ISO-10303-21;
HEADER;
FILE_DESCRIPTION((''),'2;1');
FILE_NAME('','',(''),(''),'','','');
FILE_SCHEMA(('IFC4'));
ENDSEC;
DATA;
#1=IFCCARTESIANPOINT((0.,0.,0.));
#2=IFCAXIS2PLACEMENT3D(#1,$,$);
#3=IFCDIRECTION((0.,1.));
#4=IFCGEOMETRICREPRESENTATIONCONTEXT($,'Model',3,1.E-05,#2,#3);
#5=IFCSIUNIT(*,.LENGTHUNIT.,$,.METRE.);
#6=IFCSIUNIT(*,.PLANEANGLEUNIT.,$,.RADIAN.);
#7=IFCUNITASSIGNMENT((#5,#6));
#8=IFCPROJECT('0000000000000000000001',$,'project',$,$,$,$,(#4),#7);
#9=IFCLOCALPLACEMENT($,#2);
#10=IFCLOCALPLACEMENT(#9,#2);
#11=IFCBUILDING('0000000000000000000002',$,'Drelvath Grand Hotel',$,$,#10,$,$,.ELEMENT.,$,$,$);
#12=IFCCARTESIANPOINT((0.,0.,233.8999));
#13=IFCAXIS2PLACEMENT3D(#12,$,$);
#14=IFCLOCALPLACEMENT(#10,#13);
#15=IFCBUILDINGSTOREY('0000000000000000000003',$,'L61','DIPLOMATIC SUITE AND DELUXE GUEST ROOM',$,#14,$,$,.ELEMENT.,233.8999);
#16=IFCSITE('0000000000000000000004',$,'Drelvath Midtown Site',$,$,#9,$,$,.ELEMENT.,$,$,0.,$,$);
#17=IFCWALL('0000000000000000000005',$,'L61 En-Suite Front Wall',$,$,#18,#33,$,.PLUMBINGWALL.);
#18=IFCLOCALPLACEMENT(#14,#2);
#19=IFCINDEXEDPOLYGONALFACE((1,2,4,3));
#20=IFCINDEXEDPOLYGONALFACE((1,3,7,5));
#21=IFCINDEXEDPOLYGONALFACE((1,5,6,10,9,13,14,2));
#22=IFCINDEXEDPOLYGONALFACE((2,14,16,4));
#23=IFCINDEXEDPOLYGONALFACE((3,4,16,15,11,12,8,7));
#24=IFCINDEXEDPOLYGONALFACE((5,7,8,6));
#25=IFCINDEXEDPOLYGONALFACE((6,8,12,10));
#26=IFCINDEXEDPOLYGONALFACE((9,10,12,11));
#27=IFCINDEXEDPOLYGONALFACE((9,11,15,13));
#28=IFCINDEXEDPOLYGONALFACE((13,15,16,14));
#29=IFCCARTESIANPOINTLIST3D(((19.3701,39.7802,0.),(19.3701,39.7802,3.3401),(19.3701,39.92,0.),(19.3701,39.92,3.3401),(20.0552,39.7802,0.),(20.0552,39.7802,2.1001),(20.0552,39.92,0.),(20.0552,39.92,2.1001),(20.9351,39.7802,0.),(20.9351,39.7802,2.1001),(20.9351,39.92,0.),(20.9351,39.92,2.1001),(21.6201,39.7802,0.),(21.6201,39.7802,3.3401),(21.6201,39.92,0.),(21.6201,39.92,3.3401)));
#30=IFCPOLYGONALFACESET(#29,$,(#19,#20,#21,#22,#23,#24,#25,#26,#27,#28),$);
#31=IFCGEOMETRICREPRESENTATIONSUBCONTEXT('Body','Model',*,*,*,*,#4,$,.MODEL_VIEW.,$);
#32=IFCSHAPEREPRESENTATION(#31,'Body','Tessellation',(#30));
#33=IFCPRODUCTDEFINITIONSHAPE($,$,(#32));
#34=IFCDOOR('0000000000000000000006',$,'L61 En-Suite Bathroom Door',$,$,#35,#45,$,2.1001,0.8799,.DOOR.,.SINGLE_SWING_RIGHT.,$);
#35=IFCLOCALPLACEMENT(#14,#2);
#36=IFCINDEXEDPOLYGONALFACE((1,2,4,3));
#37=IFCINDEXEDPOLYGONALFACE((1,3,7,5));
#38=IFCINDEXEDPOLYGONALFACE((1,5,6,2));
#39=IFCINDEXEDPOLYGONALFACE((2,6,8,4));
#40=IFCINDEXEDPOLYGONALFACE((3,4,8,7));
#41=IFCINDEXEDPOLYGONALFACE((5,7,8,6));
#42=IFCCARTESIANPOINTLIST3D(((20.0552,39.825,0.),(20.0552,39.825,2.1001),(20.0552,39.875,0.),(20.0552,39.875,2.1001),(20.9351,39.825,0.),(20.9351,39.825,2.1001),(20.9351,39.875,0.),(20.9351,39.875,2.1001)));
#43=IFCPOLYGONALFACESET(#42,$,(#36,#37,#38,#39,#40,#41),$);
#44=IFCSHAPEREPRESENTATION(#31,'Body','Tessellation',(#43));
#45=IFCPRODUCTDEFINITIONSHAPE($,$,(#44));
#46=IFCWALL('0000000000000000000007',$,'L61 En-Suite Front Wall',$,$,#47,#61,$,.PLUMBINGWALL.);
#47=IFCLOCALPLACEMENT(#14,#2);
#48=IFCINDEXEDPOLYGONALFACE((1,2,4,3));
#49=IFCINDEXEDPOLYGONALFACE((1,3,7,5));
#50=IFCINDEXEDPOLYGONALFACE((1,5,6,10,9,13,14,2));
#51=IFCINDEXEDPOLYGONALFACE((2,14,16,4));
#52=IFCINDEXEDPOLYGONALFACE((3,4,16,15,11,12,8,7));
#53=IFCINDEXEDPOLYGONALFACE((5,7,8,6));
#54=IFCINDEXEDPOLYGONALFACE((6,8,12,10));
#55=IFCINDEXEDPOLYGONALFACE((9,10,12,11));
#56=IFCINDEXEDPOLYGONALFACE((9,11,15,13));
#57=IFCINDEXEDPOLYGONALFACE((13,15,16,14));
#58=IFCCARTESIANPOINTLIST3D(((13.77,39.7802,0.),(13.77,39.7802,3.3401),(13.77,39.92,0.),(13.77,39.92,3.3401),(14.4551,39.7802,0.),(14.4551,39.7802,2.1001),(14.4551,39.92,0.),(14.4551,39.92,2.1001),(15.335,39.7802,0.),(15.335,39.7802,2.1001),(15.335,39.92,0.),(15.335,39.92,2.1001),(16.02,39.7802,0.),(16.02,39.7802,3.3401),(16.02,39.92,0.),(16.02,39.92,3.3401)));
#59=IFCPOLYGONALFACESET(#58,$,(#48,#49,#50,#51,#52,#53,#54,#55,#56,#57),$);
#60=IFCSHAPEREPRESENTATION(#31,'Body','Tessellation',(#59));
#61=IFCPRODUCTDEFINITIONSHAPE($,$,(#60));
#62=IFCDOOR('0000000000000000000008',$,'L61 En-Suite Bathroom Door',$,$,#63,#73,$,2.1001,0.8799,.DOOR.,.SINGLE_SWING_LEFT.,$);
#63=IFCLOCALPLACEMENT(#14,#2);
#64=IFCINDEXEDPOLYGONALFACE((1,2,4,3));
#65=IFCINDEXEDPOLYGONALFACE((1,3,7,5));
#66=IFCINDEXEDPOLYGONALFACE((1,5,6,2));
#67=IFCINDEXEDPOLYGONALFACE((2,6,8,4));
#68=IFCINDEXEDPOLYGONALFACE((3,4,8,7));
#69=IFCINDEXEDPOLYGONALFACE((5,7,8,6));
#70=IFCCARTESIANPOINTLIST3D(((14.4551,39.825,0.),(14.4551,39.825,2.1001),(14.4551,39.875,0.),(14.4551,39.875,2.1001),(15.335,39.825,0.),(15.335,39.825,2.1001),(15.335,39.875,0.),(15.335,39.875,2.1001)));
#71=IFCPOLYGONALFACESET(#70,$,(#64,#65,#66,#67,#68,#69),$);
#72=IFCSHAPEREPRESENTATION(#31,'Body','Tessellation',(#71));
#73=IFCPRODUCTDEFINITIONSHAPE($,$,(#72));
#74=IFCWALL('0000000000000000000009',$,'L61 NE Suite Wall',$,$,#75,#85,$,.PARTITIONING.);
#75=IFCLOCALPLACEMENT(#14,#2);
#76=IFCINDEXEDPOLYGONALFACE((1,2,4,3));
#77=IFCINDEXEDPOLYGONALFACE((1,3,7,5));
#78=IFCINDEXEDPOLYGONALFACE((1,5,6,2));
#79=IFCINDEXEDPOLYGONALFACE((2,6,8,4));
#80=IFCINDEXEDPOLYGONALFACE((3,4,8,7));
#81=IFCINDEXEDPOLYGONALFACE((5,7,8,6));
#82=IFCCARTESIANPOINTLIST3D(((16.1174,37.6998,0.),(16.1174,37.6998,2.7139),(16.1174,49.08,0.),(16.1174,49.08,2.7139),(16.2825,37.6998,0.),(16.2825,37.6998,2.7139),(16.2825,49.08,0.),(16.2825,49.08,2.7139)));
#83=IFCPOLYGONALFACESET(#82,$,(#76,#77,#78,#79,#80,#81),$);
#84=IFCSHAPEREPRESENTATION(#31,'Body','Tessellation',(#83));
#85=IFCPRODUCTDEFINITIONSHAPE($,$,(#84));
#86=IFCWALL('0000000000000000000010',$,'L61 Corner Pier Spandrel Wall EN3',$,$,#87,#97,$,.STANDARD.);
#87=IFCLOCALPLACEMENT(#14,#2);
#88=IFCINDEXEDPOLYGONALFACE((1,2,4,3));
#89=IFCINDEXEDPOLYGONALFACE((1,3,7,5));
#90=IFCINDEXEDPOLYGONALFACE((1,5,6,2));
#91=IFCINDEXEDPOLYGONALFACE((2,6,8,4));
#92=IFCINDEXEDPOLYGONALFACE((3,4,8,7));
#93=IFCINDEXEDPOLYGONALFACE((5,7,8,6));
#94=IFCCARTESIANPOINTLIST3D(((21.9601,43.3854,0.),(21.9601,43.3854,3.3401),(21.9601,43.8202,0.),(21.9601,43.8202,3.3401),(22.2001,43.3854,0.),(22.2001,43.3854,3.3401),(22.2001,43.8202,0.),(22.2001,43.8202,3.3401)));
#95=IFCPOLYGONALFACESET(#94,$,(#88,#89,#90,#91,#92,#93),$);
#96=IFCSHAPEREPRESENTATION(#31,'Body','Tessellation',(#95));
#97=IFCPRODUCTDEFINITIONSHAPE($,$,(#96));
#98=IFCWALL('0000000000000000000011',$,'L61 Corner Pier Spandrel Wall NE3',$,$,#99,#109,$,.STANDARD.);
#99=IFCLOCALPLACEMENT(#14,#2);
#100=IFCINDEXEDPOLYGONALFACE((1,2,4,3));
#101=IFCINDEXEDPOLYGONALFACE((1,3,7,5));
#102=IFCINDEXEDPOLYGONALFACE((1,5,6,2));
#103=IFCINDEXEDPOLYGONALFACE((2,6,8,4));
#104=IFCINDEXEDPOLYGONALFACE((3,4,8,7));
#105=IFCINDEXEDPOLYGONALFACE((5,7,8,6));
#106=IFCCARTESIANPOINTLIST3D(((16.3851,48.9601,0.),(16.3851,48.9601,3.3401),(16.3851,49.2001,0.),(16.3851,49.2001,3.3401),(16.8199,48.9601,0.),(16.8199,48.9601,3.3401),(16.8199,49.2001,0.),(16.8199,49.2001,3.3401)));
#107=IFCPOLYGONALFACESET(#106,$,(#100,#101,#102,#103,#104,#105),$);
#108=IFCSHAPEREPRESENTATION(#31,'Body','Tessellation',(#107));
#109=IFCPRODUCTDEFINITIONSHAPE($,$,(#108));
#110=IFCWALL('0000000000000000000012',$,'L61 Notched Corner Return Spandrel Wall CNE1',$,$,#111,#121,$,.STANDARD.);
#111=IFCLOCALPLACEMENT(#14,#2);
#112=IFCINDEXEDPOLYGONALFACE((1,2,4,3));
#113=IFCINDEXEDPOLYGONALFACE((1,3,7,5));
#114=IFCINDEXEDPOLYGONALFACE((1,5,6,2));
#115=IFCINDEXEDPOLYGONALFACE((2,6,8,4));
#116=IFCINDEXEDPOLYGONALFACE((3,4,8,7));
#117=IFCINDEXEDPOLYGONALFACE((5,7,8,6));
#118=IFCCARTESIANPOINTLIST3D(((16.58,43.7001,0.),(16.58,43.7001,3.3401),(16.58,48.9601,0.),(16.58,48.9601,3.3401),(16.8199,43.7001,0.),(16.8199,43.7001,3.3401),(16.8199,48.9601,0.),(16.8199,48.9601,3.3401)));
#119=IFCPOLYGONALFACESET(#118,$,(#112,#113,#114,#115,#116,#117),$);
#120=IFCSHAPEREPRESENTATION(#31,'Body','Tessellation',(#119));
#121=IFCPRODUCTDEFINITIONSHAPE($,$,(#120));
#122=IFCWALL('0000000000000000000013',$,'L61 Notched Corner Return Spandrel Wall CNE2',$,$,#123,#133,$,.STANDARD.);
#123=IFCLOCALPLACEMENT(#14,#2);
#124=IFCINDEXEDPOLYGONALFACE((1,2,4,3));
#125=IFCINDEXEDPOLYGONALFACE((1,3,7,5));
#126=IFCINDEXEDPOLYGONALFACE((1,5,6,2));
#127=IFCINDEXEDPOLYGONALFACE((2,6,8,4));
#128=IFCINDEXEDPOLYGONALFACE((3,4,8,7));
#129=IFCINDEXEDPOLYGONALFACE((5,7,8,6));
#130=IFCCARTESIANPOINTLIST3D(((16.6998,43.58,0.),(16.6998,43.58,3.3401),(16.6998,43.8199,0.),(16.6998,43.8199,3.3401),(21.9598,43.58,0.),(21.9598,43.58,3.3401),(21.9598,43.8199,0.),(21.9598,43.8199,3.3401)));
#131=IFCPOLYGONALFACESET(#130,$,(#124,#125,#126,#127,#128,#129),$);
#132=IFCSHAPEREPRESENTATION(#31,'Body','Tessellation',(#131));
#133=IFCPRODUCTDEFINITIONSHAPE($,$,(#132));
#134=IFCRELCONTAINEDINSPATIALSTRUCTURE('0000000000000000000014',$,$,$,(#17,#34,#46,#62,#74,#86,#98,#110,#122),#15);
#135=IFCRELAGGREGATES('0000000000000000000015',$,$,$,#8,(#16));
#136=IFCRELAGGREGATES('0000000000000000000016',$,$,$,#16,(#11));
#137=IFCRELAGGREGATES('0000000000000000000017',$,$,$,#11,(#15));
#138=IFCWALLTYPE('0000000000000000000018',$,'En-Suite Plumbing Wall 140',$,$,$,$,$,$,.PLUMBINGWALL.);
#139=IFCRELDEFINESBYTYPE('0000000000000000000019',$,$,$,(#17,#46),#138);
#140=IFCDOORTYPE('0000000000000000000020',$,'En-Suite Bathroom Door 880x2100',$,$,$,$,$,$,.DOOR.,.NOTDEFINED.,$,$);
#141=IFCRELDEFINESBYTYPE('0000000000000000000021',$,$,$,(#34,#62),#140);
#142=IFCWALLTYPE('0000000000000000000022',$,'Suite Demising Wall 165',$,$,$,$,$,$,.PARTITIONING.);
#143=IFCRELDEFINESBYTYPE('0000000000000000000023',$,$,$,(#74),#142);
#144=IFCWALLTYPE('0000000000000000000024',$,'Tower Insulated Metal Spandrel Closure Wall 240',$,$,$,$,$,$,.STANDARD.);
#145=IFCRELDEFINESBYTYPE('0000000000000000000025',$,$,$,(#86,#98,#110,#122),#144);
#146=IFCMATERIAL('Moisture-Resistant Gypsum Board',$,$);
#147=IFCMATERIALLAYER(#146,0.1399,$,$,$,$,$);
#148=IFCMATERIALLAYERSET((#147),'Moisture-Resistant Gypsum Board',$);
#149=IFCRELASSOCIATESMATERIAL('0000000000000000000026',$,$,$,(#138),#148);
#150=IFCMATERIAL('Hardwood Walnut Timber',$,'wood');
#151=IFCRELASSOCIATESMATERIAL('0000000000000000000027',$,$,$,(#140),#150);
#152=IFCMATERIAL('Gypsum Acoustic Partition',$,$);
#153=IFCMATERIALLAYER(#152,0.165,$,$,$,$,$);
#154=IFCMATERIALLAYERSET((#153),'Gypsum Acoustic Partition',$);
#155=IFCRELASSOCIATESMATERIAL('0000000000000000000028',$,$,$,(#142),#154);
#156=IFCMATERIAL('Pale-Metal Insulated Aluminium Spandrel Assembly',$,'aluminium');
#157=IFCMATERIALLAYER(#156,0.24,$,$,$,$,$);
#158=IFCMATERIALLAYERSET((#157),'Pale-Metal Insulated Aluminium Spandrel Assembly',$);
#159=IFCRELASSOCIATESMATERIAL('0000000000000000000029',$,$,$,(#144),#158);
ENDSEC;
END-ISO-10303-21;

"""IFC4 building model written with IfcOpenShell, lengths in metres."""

from ifc_helpers import new_model, si_unit, direction, frame, frame_2d, origin, place, context, subcontext, project, spatial, rectangle, extrude, material, layer, layer_set, type_object, element, fill, save


model = new_model("IFC4")

# Units and contexts
model_context = context("Model", 3, precision=1e-05, world=origin(), true_north=direction((0.0, 1.0)))
body_context = subcontext(model_context, "Body", "Model", "MODEL_VIEW")
ifc_project = project(units=[si_unit("LENGTHUNIT", "METRE"), si_unit("PLANEANGLEUNIT", "RADIAN")], contexts=[model_context])

# Site, building, storey
site_placement = place(None, origin())
site = spatial("IfcSite", under=ifc_project, at=site_placement, Name="Drelvath Midtown Site", CompositionType="ELEMENT", RefElevation=0.0)
building_placement = place(site_placement, origin())
building = spatial("IfcBuilding", under=site, at=building_placement, Name="Drelvath Grand Hotel", CompositionType="ELEMENT")
storey_placement = place(building_placement, frame((0.0, 0.0, 233.8999)))
storey = spatial("IfcBuildingStorey", under=building, at=storey_placement, Name="L61", Description="DIPLOMATIC SUITE AND DELUXE GUEST ROOM", CompositionType="ELEMENT", Elevation=233.8999)

# Shared definitions
ifc_material_1 = material(Name="Moisture-Resistant Gypsum Board")
ifc_layer_1 = layer(ifc_material_1, 0.1399)
ifc_layer_set_1 = layer_set([ifc_layer_1], Name="Moisture-Resistant Gypsum Board")
wall_type_1 = type_object("IfcWallType", Name="En-Suite Plumbing Wall 140", PredefinedType="PLUMBINGWALL", material=ifc_layer_set_1)

# Walls, openings, doors
wall_1_placement = place(storey_placement, frame((19.3701, 39.8501, 0.0), z_axis=(0.0, 0.0, 1.0), x_axis=(1.0, 0.0, 0.0)))
wall_1 = element("IfcWall", 1, at=wall_1_placement, inside=storey, type_object=wall_type_1, Name="L61 En-Suite Front Wall", PredefinedType="PLUMBINGWALL", context=body_context, shape_type="SweptSolid", body=[
    extrude(rectangle(XDim=2.25, YDim=0.1399, at=frame_2d((1.125, 0.0))), origin(), (0.0, 0.0, 1.0), 3.3401),
])
opening_1_placement = place(wall_1_placement, frame((0.6851, 0.0, 0.0)))
opening_1 = element("IfcOpeningElement", 2, at=opening_1_placement, cuts=wall_1, PredefinedType="OPENING", context=body_context, shape_type="SweptSolid", body=[
    extrude(rectangle(XDim=0.8799, YDim=2.1001, at=frame_2d((0.4399, 1.05))), frame((0.0, 0.0798, 0.0), z_axis=(0.0, -1.0, 0.0), x_axis=(1.0, 0.0, 0.0)), (0.0, 0.0, 1.0), 0.1599),
])
ifc_material_2 = material(Name="Hardwood Walnut Timber", Category="wood")
door_type = type_object("IfcDoorType", Name="En-Suite Bathroom Door 880x2100", OperationType="NOTDEFINED", PredefinedType="DOOR", material=ifc_material_2)
door_1_placement = place(opening_1_placement, origin())
door_1 = element("IfcDoor", 3, at=door_1_placement, inside=storey, type_object=door_type, Name="L61 En-Suite Bathroom Door", OperationType="SINGLE_SWING_RIGHT", OverallHeight=2.1001, OverallWidth=0.8799, PredefinedType="DOOR", context=body_context, shape_type="SweptSolid", body=[
    extrude(rectangle(XDim=0.8799, YDim=2.1001, at=frame_2d((0.4399, 1.05))), frame((0.0, 0.0249, 0.0), z_axis=(0.0, -1.0, 0.0), x_axis=(1.0, 0.0, 0.0)), (0.0, 0.0, 1.0), 0.05),
])
fill(opening_1, door_1)
wall_2_placement = place(storey_placement, frame((13.77, 39.8501, 0.0), z_axis=(0.0, 0.0, 1.0), x_axis=(1.0, 0.0, 0.0)))
wall_2 = element("IfcWall", 4, at=wall_2_placement, inside=storey, type_object=wall_type_1, Name="L61 En-Suite Front Wall", PredefinedType="PLUMBINGWALL", context=body_context, shape_type="SweptSolid", body=[
    extrude(rectangle(XDim=2.25, YDim=0.1399, at=frame_2d((1.125, 0.0))), origin(), (0.0, 0.0, 1.0), 3.3401),
])
opening_2_placement = place(wall_2_placement, frame((0.6851, 0.0, 0.0)))
opening_2 = element("IfcOpeningElement", 5, at=opening_2_placement, cuts=wall_2, PredefinedType="OPENING", context=body_context, shape_type="SweptSolid", body=[
    extrude(rectangle(XDim=0.8799, YDim=2.1001, at=frame_2d((0.4399, 1.05))), frame((0.0, 0.0798, 0.0), z_axis=(0.0, -1.0, 0.0), x_axis=(1.0, 0.0, 0.0)), (0.0, 0.0, 1.0), 0.1599),
])
door_2_placement = place(opening_2_placement, origin())
door_2 = element("IfcDoor", 6, at=door_2_placement, inside=storey, type_object=door_type, Name="L61 En-Suite Bathroom Door", OperationType="SINGLE_SWING_LEFT", OverallHeight=2.1001, OverallWidth=0.8799, PredefinedType="DOOR", context=body_context, shape_type="SweptSolid", body=[
    extrude(rectangle(XDim=0.8799, YDim=2.1001, at=frame_2d((0.4399, 1.05))), frame((0.0, 0.0249, 0.0), z_axis=(0.0, -1.0, 0.0), x_axis=(1.0, 0.0, 0.0)), (0.0, 0.0, 1.0), 0.05),
])
fill(opening_2, door_2)

# Walls
ifc_material_3 = material(Name="Gypsum Acoustic Partition")
ifc_layer_2 = layer(ifc_material_3, 0.165)
ifc_layer_set_2 = layer_set([ifc_layer_2], Name="Gypsum Acoustic Partition")
wall_type_2 = type_object("IfcWallType", Name="Suite Demising Wall 165", PredefinedType="PARTITIONING", material=ifc_layer_set_2)
wall_3_placement = place(storey_placement, frame((16.2, 37.7, 0.0), z_axis=(0.0, 0.0, 1.0), x_axis=(0.0, 1.0, 0.0)))
element("IfcWall", 7, at=wall_3_placement, inside=storey, type_object=wall_type_2, Name="L61 NE Suite Wall", PredefinedType="PARTITIONING", context=body_context, shape_type="SweptSolid", body=[
    extrude(rectangle(XDim=11.3801, YDim=0.165, at=frame_2d((5.6899, 0.0))), origin(), (0.0, 0.0, 1.0), 2.7139),
])
ifc_material_4 = material(Name="Pale-Metal Insulated Aluminium Spandrel Assembly", Category="aluminium")
ifc_layer_3 = layer(ifc_material_4, 0.24)
ifc_layer_set_3 = layer_set([ifc_layer_3], Name="Pale-Metal Insulated Aluminium Spandrel Assembly")
wall_type_3 = type_object("IfcWallType", Name="Tower Insulated Metal Spandrel Closure Wall 240", PredefinedType="STANDARD", material=ifc_layer_set_3)
for number, where, z_axis, x_axis, name in (
    (8, (22.0801, 43.8201, 0.0), (0.0, 0.0, 1.0), (0.0, -1.0, 0.0), "L61 Corner Pier Spandrel Wall EN3"),
    (9, (16.3853, 49.0801, 0.0), (0.0, 0.0, 1.0), (1.0, 0.0, 0.0), "L61 Corner Pier Spandrel Wall NE3"),
):
    element("IfcWall", number, at=place(storey_placement, frame(where, z_axis=z_axis, x_axis=x_axis)), inside=storey, type_object=wall_type_3, Name=name, PredefinedType="STANDARD", context=body_context, shape_type="SweptSolid", body=[
        extrude(rectangle(XDim=0.4348, YDim=0.24, at=frame_2d((0.2173, 0.0))), origin(), (0.0, 0.0, 1.0), 3.3401),
    ])
for number, where, z_axis, x_axis, name in (
    (10, (16.7, 48.96, 0.0), (0.0, 0.0, 1.0), (0.0, -1.0, 0.0), "L61 Notched Corner Return Spandrel Wall CNE1"),
    (11, (16.7, 43.7, 0.0), (0.0, 0.0, 1.0), (1.0, 0.0, 0.0), "L61 Notched Corner Return Spandrel Wall CNE2"),
):
    element("IfcWall", number, at=place(storey_placement, frame(where, z_axis=z_axis, x_axis=x_axis)), inside=storey, type_object=wall_type_3, Name=name, PredefinedType="STANDARD", context=body_context, shape_type="SweptSolid", body=[
        extrude(rectangle(XDim=5.26, YDim=0.24, at=frame_2d((2.6299, 0.0))), origin(), (0.0, 0.0, 1.0), 3.3401),
    ])

save(model, "model.ifc")
